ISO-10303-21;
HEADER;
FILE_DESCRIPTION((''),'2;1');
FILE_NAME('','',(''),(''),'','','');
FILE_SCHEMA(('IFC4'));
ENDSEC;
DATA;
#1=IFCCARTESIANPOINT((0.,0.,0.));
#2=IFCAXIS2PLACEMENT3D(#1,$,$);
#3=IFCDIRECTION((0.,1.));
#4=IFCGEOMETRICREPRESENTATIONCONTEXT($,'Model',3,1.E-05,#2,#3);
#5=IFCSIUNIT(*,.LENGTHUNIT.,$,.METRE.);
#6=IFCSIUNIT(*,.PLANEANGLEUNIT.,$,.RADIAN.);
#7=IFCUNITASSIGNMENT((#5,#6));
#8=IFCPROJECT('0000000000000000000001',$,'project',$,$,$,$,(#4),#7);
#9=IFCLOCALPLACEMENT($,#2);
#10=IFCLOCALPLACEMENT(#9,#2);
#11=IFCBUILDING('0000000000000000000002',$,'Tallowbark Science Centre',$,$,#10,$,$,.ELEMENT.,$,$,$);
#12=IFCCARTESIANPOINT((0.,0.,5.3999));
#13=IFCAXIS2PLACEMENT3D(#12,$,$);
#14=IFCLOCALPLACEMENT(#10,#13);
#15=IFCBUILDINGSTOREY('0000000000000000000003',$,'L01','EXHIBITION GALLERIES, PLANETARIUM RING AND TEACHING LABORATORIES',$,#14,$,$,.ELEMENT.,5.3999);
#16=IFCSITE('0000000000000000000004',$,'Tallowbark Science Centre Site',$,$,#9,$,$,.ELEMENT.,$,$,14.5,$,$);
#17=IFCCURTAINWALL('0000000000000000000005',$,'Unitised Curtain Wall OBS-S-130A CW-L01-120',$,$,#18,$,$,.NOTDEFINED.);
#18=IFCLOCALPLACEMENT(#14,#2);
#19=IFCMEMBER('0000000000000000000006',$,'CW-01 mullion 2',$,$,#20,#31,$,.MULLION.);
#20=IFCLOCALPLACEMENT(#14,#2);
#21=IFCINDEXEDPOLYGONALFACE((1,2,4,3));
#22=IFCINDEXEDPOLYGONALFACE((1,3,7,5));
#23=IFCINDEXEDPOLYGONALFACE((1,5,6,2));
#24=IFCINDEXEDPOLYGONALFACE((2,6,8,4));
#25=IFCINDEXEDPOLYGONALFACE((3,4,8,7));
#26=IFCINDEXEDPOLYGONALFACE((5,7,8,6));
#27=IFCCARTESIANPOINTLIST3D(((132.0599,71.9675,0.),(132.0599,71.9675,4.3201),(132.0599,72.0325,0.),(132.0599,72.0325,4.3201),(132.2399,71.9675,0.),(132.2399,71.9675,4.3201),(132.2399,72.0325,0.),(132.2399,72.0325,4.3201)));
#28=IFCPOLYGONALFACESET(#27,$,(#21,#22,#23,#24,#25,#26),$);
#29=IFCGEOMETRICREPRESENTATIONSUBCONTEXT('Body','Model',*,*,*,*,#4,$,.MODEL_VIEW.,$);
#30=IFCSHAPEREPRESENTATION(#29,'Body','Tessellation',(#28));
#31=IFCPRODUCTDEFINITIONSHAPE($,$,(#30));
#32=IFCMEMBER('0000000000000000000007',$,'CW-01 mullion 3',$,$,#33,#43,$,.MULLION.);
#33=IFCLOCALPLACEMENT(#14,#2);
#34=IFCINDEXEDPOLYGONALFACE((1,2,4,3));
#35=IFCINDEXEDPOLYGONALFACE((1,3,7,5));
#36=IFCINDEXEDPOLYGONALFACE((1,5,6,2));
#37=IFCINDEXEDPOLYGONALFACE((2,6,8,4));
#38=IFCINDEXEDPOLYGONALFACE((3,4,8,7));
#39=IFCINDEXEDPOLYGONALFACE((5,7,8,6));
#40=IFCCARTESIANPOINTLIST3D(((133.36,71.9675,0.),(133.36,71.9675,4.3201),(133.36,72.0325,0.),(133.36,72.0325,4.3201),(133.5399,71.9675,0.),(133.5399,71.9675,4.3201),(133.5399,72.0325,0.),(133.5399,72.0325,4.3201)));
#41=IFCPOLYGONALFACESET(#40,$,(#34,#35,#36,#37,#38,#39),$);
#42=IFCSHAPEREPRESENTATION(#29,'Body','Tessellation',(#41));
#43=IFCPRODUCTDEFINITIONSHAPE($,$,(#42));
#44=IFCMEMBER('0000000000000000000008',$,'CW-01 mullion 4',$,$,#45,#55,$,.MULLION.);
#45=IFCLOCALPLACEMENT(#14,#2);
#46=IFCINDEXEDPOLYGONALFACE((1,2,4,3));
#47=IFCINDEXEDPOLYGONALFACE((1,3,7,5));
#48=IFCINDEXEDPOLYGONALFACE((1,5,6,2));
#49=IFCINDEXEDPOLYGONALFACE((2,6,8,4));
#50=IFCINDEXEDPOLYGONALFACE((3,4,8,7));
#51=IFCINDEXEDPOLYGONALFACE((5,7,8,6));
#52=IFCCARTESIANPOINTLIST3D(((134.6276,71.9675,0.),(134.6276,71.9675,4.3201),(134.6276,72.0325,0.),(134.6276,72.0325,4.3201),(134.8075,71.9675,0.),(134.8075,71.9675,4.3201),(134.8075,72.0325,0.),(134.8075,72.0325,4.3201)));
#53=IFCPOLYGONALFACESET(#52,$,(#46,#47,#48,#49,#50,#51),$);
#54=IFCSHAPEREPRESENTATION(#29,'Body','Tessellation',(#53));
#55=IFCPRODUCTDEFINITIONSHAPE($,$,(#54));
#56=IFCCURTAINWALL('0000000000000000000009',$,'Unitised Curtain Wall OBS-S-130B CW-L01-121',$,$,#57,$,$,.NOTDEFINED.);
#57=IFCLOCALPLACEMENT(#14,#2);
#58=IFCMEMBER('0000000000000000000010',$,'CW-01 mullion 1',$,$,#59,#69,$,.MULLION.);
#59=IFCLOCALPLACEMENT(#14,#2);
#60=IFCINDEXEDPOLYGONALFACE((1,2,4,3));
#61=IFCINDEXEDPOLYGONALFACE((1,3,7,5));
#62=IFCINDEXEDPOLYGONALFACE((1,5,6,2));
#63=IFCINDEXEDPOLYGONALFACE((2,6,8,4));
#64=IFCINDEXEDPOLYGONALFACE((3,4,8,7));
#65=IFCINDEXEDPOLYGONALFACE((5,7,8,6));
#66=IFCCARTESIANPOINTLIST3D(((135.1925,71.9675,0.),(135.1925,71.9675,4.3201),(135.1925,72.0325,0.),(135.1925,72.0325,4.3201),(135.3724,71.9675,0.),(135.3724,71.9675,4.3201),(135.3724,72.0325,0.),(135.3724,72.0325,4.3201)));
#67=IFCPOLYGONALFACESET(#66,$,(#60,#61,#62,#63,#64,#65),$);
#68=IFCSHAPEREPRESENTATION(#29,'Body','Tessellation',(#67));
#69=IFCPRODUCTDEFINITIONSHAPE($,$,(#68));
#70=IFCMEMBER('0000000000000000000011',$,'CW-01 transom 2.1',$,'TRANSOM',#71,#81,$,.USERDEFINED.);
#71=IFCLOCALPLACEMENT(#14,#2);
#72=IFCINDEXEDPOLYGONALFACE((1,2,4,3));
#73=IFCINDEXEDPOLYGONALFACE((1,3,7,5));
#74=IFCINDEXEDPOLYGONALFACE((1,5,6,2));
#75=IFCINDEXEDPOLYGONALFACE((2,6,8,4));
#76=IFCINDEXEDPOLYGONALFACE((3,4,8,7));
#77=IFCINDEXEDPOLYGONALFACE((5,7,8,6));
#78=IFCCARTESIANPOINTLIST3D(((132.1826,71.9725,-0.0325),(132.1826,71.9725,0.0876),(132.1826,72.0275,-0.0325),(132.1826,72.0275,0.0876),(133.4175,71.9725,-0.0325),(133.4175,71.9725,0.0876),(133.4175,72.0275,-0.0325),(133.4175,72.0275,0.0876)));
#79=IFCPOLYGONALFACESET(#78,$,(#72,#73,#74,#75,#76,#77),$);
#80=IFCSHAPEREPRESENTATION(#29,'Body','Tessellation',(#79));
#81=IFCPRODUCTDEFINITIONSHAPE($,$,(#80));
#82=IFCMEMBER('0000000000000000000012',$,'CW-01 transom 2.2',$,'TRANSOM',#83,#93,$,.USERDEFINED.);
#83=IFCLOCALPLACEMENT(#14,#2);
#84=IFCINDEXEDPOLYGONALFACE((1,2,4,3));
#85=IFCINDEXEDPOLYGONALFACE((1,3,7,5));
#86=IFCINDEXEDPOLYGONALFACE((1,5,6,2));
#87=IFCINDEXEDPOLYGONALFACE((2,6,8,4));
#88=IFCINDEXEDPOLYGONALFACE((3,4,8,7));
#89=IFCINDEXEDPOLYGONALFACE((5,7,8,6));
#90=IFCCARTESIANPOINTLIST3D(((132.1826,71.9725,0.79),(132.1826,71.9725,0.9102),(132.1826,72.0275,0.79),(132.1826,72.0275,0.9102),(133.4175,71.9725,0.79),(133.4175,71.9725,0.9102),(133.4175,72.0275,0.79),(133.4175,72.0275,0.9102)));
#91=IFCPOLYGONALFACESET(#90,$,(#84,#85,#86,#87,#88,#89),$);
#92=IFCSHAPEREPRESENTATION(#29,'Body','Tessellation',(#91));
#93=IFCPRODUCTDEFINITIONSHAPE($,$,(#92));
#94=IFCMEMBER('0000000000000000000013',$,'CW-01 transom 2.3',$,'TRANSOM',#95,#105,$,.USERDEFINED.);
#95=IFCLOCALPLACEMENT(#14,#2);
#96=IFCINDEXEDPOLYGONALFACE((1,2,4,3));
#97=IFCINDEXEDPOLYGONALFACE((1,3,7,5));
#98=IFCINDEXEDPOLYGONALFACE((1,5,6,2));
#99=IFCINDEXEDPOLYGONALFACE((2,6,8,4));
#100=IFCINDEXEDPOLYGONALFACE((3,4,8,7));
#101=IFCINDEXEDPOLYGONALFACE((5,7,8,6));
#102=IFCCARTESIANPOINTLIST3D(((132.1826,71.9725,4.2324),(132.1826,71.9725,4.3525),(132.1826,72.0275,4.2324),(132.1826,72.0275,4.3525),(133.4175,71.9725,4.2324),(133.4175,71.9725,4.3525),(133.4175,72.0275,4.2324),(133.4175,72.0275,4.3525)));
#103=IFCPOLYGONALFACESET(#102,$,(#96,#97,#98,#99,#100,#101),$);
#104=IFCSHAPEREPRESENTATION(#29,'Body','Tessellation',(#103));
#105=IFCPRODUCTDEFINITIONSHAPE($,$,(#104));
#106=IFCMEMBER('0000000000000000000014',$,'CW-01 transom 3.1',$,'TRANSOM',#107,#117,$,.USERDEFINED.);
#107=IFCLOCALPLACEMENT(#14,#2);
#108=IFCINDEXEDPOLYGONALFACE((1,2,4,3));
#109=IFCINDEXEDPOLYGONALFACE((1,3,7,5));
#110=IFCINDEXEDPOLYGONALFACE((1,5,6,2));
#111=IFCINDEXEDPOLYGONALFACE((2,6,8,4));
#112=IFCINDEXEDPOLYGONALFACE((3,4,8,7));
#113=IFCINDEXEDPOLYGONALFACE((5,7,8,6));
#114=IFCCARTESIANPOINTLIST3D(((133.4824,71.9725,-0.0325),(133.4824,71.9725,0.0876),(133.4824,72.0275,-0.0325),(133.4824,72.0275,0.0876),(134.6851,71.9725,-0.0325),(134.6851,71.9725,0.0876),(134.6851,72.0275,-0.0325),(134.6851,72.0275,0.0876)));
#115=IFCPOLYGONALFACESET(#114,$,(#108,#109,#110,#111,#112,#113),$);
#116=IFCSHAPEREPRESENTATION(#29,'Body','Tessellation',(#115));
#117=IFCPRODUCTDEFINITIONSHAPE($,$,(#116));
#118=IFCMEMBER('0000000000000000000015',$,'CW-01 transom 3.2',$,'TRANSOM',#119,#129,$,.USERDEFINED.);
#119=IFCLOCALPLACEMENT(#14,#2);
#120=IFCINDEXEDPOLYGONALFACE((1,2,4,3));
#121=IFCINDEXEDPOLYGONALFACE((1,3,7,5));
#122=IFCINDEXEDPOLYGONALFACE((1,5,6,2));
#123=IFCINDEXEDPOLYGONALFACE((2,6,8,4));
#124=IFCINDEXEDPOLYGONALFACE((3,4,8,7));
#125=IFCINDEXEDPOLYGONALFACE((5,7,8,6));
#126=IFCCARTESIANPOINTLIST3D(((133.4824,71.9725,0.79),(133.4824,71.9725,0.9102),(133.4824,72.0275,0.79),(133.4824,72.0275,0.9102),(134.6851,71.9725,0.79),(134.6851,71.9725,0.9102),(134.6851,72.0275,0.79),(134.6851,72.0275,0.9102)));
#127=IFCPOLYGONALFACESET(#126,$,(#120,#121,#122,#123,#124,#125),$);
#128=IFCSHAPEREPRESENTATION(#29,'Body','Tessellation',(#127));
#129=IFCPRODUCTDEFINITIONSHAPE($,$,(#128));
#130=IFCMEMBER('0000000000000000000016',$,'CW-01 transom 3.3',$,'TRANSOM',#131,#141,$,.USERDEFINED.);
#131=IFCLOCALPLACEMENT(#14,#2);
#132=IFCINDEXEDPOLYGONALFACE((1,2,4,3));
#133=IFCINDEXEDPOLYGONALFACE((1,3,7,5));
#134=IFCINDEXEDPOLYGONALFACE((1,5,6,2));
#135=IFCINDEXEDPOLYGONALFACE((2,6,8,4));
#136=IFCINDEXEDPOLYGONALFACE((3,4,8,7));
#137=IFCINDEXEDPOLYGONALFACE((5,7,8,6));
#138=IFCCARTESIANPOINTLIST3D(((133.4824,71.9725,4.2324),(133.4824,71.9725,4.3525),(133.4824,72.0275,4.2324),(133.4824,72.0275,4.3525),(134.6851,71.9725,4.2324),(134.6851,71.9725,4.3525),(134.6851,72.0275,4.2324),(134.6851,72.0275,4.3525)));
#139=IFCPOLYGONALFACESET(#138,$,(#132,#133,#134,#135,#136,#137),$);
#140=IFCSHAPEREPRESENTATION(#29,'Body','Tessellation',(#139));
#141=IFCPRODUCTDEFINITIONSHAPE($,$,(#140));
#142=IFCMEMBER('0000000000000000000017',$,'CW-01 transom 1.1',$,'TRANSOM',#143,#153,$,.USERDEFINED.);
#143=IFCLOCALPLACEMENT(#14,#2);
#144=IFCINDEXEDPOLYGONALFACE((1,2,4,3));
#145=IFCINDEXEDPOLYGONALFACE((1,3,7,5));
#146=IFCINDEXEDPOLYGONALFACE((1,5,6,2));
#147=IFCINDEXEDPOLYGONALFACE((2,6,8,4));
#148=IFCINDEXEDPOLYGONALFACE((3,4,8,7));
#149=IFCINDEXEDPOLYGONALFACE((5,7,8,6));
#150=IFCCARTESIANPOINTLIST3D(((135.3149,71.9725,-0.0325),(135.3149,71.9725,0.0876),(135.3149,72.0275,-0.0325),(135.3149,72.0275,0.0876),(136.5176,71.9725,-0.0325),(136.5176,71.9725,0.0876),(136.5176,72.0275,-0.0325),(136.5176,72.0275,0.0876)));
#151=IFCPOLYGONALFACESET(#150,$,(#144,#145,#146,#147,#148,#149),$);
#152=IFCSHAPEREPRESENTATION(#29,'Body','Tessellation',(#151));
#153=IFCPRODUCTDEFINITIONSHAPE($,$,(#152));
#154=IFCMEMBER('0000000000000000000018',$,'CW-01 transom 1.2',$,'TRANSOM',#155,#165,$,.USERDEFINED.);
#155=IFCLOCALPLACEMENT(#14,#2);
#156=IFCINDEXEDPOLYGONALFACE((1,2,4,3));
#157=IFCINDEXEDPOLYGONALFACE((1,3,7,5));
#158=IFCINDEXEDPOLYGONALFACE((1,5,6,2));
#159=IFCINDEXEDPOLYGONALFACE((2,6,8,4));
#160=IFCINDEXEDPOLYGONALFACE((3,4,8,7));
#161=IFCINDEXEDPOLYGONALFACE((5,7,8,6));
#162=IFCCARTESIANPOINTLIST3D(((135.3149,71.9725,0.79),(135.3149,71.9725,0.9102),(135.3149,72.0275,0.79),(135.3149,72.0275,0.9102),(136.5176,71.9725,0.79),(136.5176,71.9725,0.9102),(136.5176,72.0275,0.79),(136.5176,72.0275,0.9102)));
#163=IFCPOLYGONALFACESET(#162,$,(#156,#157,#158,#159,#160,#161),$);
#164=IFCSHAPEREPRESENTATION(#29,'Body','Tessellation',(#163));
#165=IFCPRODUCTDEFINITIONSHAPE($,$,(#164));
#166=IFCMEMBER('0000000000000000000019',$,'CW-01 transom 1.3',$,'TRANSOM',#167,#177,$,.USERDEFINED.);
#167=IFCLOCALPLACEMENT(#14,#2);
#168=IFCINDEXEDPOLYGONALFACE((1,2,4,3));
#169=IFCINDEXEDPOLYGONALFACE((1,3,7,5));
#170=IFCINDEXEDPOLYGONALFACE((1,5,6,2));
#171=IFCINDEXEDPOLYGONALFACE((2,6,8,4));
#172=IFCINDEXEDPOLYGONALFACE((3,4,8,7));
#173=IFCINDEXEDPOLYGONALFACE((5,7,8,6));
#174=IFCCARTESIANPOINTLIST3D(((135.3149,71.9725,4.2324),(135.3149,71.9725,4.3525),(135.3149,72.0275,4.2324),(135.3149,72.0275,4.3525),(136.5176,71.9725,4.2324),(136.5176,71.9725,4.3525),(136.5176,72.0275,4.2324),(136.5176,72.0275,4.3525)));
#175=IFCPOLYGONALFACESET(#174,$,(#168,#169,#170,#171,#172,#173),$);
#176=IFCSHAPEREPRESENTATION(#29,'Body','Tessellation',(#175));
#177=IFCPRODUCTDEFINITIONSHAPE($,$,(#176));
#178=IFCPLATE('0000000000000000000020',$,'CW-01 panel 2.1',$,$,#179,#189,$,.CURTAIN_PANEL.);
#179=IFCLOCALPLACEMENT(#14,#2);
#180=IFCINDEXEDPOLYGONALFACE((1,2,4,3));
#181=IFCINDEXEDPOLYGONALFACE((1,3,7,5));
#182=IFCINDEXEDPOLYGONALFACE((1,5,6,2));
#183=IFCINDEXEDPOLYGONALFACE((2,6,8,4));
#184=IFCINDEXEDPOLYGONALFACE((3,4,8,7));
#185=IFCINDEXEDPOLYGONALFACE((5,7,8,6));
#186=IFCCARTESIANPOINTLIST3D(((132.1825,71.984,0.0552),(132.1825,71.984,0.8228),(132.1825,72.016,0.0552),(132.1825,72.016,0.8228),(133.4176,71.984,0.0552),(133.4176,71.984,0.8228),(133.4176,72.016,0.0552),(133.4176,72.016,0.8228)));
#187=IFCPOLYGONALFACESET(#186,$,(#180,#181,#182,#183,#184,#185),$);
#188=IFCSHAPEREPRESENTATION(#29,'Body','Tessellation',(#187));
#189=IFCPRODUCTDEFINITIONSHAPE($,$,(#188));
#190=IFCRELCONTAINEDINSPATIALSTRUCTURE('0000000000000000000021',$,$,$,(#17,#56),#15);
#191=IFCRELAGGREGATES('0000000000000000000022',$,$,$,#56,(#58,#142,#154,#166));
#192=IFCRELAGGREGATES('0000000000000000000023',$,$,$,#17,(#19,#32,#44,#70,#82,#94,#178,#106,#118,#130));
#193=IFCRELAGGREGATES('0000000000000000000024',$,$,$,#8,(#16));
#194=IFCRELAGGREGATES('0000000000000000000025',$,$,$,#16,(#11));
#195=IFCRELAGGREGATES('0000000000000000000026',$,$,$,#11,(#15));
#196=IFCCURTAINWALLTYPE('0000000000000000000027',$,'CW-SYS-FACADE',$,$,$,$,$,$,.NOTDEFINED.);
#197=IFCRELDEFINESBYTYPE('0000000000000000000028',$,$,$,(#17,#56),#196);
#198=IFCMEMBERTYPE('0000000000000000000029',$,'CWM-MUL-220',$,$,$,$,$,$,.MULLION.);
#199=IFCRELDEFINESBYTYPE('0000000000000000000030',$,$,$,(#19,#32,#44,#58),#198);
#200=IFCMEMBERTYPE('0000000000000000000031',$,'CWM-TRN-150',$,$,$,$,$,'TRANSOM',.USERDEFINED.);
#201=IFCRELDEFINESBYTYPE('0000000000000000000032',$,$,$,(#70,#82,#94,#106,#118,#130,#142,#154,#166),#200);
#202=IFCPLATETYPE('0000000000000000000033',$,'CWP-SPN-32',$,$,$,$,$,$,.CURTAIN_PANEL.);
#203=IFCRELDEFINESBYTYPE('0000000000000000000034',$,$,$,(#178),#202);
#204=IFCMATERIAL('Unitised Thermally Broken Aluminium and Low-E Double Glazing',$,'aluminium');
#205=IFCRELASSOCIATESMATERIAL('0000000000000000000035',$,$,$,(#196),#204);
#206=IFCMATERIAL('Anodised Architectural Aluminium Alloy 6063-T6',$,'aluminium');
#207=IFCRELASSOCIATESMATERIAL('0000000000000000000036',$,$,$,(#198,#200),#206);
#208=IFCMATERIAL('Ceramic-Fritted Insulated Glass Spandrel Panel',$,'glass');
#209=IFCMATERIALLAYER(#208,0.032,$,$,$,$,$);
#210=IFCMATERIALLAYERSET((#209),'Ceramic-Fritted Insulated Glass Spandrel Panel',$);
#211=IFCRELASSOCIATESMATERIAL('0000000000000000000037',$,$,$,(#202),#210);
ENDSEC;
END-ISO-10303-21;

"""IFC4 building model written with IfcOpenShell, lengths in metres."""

from ifc_helpers import new_model, si_unit, direction, frame, origin, origin_2d, place, context, subcontext, project, spatial, rectangle, extrude, material, layer, layer_set, material_profile, profile_set, type_object, element, aggregate, save


model = new_model("IFC4")

# Units and contexts
model_context = context("Model", 3, precision=1e-05, world=origin(), true_north=direction((0.0, 1.0)))
body_context = subcontext(model_context, "Body", "Model", "MODEL_VIEW")
ifc_project = project(units=[si_unit("LENGTHUNIT", "METRE"), si_unit("PLANEANGLEUNIT", "RADIAN")], contexts=[model_context])

# Site, building, storey
site_placement = place(None, origin())
site = spatial("IfcSite", under=ifc_project, at=site_placement, Name="Tallowbark Science Centre Site", CompositionType="ELEMENT", RefElevation=14.5)
building_placement = place(site_placement, origin())
building = spatial("IfcBuilding", under=site, at=building_placement, Name="Tallowbark Science Centre", CompositionType="ELEMENT")
storey_placement = place(building_placement, frame((0.0, 0.0, 5.3999)))
storey = spatial("IfcBuildingStorey", under=building, at=storey_placement, Name="L01", Description="EXHIBITION GALLERIES, PLANETARIUM RING AND TEACHING LABORATORIES", CompositionType="ELEMENT", Elevation=5.3999)

# Curtain wall, members
ifc_material_1 = material(Name="Unitised Thermally Broken Aluminium and Low-E Double Glazing", Category="aluminium")
curtain_wall_type = type_object("IfcCurtainWallType", Name="CW-SYS-FACADE", PredefinedType="NOTDEFINED", material=ifc_material_1)
curtain_wall_1_placement = place(storey_placement, origin())
curtain_wall_1 = element("IfcCurtainWall", 1, at=curtain_wall_1_placement, inside=storey, type_object=curtain_wall_type, Name="Unitised Curtain Wall OBS-S-130A CW-L01-120", PredefinedType="NOTDEFINED")
ifc_material_2 = material(Name="Anodised Architectural Aluminium Alloy 6063-T6", Category="aluminium")
ifc_material_profile_1 = material_profile(ifc_material_2, rectangle(XDim=0.0649, YDim=0.1799, at=origin_2d()), Name="ALU65x180")
ifc_profile_set_1 = profile_set([ifc_material_profile_1], Name="Anodised Architectural Aluminium Alloy 6063-T6")
member_type_1 = type_object("IfcMemberType", Name="CWM-MUL-220", PredefinedType="MULLION", material=ifc_profile_set_1)
member_1_placement = place(storey_placement, frame((132.1499, 72.0, 0.0), z_axis=(0.0, 0.0, 1.0), x_axis=(0.0, 1.0, 0.0)))
member_1 = element("IfcMember", 2, at=member_1_placement, type_object=member_type_1, Name="CW-01 mullion 2", PredefinedType="MULLION", context=body_context, shape_type="SweptSolid", body=[
    extrude(rectangle(XDim=0.0649, YDim=0.1799, at=origin_2d()), origin(), (0.0, 0.0, 1.0), 4.3201),
])
member_2_placement = place(storey_placement, frame((133.45, 72.0, 0.0), z_axis=(0.0, 0.0, 1.0), x_axis=(0.0, 1.0, 0.0)))
member_2 = element("IfcMember", 3, at=member_2_placement, type_object=member_type_1, Name="CW-01 mullion 3", PredefinedType="MULLION", context=body_context, shape_type="SweptSolid", body=[
    extrude(rectangle(XDim=0.0649, YDim=0.1799, at=origin_2d()), origin(), (0.0, 0.0, 1.0), 4.3201),
])
member_3_placement = place(storey_placement, frame((134.7175, 72.0, 0.0), z_axis=(0.0, 0.0, 1.0), x_axis=(0.0, 1.0, 0.0)))
member_3 = element("IfcMember", 4, at=member_3_placement, type_object=member_type_1, Name="CW-01 mullion 4", PredefinedType="MULLION", context=body_context, shape_type="SweptSolid", body=[
    extrude(rectangle(XDim=0.0649, YDim=0.1799, at=origin_2d()), origin(), (0.0, 0.0, 1.0), 4.3201),
])

# Curtain wall, member
curtain_wall_2_placement = place(storey_placement, origin())
curtain_wall_2 = element("IfcCurtainWall", 5, at=curtain_wall_2_placement, inside=storey, type_object=curtain_wall_type, Name="Unitised Curtain Wall OBS-S-130B CW-L01-121", PredefinedType="NOTDEFINED")
member_4_placement = place(storey_placement, frame((135.2825, 72.0, 0.0), z_axis=(0.0, 0.0, 1.0), x_axis=(0.0, 1.0, 0.0)))
member_4 = element("IfcMember", 6, at=member_4_placement, type_object=member_type_1, Name="CW-01 mullion 1", PredefinedType="MULLION", context=body_context, shape_type="SweptSolid", body=[
    extrude(rectangle(XDim=0.0649, YDim=0.1799, at=origin_2d()), origin(), (0.0, 0.0, 1.0), 4.3201),
])

# Members
ifc_material_profile_2 = material_profile(ifc_material_2, rectangle(XDim=0.0549, YDim=0.1201, at=origin_2d()), Name="ALU55x120")
ifc_profile_set_2 = profile_set([ifc_material_profile_2], Name="Anodised Architectural Aluminium Alloy 6063-T6")
member_type_2 = type_object("IfcMemberType", Name="CWM-TRN-150", ElementType="TRANSOM", PredefinedType="USERDEFINED", material=ifc_profile_set_2)
member_5_placement = place(storey_placement, frame((132.1826, 72.0, 0.0276), z_axis=(1.0, 0.0, 0.0), x_axis=(0.0, 1.0, 0.0)))
member_5 = element("IfcMember", 7, at=member_5_placement, type_object=member_type_2, Name="CW-01 transom 2.1", ObjectType="TRANSOM", PredefinedType="USERDEFINED", context=body_context, shape_type="SweptSolid", body=[
    extrude(rectangle(XDim=0.0549, YDim=0.1201, at=origin_2d()), origin(), (0.0, 0.0, 1.0), 1.2349),
])
member_6_placement = place(storey_placement, frame((132.1826, 72.0, 0.8501), z_axis=(1.0, 0.0, 0.0), x_axis=(0.0, 1.0, 0.0)))
member_6 = element("IfcMember", 8, at=member_6_placement, type_object=member_type_2, Name="CW-01 transom 2.2", ObjectType="TRANSOM", PredefinedType="USERDEFINED", context=body_context, shape_type="SweptSolid", body=[
    extrude(rectangle(XDim=0.0549, YDim=0.1201, at=origin_2d()), origin(), (0.0, 0.0, 1.0), 1.2349),
])
member_7_placement = place(storey_placement, frame((132.1826, 72.0, 4.2925), z_axis=(1.0, 0.0, 0.0), x_axis=(0.0, 1.0, 0.0)))
member_7 = element("IfcMember", 9, at=member_7_placement, type_object=member_type_2, Name="CW-01 transom 2.3", ObjectType="TRANSOM", PredefinedType="USERDEFINED", context=body_context, shape_type="SweptSolid", body=[
    extrude(rectangle(XDim=0.0549, YDim=0.1201, at=origin_2d()), origin(), (0.0, 0.0, 1.0), 1.2349),
])
member_8_placement = place(storey_placement, frame((133.4824, 72.0, 0.0276), z_axis=(1.0, 0.0, 0.0), x_axis=(0.0, 1.0, 0.0)))
member_8 = element("IfcMember", 10, at=member_8_placement, type_object=member_type_2, Name="CW-01 transom 3.1", ObjectType="TRANSOM", PredefinedType="USERDEFINED", context=body_context, shape_type="SweptSolid", body=[
    extrude(rectangle(XDim=0.0549, YDim=0.1201, at=origin_2d()), origin(), (0.0, 0.0, 1.0), 1.2026),
])
member_9_placement = place(storey_placement, frame((133.4824, 72.0, 0.8501), z_axis=(1.0, 0.0, 0.0), x_axis=(0.0, 1.0, 0.0)))
member_9 = element("IfcMember", 11, at=member_9_placement, type_object=member_type_2, Name="CW-01 transom 3.2", ObjectType="TRANSOM", PredefinedType="USERDEFINED", context=body_context, shape_type="SweptSolid", body=[
    extrude(rectangle(XDim=0.0549, YDim=0.1201, at=origin_2d()), origin(), (0.0, 0.0, 1.0), 1.2026),
])
member_10_placement = place(storey_placement, frame((133.4824, 72.0, 4.2925), z_axis=(1.0, 0.0, 0.0), x_axis=(0.0, 1.0, 0.0)))
member_10 = element("IfcMember", 12, at=member_10_placement, type_object=member_type_2, Name="CW-01 transom 3.3", ObjectType="TRANSOM", PredefinedType="USERDEFINED", context=body_context, shape_type="SweptSolid", body=[
    extrude(rectangle(XDim=0.0549, YDim=0.1201, at=origin_2d()), origin(), (0.0, 0.0, 1.0), 1.2026),
])
member_11_placement = place(storey_placement, frame((135.3149, 72.0, 0.0276), z_axis=(1.0, 0.0, 0.0), x_axis=(0.0, 1.0, 0.0)))
member_11 = element("IfcMember", 13, at=member_11_placement, type_object=member_type_2, Name="CW-01 transom 1.1", ObjectType="TRANSOM", PredefinedType="USERDEFINED", context=body_context, shape_type="SweptSolid", body=[
    extrude(rectangle(XDim=0.0549, YDim=0.1201, at=origin_2d()), origin(), (0.0, 0.0, 1.0), 1.2026),
])
member_12_placement = place(storey_placement, frame((135.3149, 72.0, 0.8501), z_axis=(1.0, 0.0, 0.0), x_axis=(0.0, 1.0, 0.0)))
member_12 = element("IfcMember", 14, at=member_12_placement, type_object=member_type_2, Name="CW-01 transom 1.2", ObjectType="TRANSOM", PredefinedType="USERDEFINED", context=body_context, shape_type="SweptSolid", body=[
    extrude(rectangle(XDim=0.0549, YDim=0.1201, at=origin_2d()), origin(), (0.0, 0.0, 1.0), 1.2026),
])
member_13_placement = place(storey_placement, frame((135.3149, 72.0, 4.2925), z_axis=(1.0, 0.0, 0.0), x_axis=(0.0, 1.0, 0.0)))
member_13 = element("IfcMember", 15, at=member_13_placement, type_object=member_type_2, Name="CW-01 transom 1.3", ObjectType="TRANSOM", PredefinedType="USERDEFINED", context=body_context, shape_type="SweptSolid", body=[
    extrude(rectangle(XDim=0.0549, YDim=0.1201, at=origin_2d()), origin(), (0.0, 0.0, 1.0), 1.2026),
])
aggregate(curtain_wall_2, [member_4, member_11, member_12, member_13])

# Plate
ifc_material_3 = material(Name="Ceramic-Fritted Insulated Glass Spandrel Panel", Category="glass")
ifc_layer_1 = layer(ifc_material_3, 0.032)
ifc_layer_set_1 = layer_set([ifc_layer_1], Name="Ceramic-Fritted Insulated Glass Spandrel Panel")
plate_type = type_object("IfcPlateType", Name="CWP-SPN-32", PredefinedType="CURTAIN_PANEL", material=ifc_layer_set_1)
plate_1_placement = place(storey_placement, frame((132.8, 72.0, 0.0552), z_axis=(0.0, 0.0, 1.0), x_axis=(1.0, 0.0, 0.0)))
plate_1 = element("IfcPlate", 16, at=plate_1_placement, type_object=plate_type, Name="CW-01 panel 2.1", PredefinedType="CURTAIN_PANEL", context=body_context, shape_type="SweptSolid", body=[
    extrude(rectangle(XDim=1.2351, YDim=0.032, at=origin_2d()), origin(), (0.0, 0.0, 1.0), 0.7676),
])
aggregate(curtain_wall_1, [member_1, member_2, member_3, member_5, member_6, member_7, plate_1, member_8, member_9, member_10])

save(model, "model.ifc")
